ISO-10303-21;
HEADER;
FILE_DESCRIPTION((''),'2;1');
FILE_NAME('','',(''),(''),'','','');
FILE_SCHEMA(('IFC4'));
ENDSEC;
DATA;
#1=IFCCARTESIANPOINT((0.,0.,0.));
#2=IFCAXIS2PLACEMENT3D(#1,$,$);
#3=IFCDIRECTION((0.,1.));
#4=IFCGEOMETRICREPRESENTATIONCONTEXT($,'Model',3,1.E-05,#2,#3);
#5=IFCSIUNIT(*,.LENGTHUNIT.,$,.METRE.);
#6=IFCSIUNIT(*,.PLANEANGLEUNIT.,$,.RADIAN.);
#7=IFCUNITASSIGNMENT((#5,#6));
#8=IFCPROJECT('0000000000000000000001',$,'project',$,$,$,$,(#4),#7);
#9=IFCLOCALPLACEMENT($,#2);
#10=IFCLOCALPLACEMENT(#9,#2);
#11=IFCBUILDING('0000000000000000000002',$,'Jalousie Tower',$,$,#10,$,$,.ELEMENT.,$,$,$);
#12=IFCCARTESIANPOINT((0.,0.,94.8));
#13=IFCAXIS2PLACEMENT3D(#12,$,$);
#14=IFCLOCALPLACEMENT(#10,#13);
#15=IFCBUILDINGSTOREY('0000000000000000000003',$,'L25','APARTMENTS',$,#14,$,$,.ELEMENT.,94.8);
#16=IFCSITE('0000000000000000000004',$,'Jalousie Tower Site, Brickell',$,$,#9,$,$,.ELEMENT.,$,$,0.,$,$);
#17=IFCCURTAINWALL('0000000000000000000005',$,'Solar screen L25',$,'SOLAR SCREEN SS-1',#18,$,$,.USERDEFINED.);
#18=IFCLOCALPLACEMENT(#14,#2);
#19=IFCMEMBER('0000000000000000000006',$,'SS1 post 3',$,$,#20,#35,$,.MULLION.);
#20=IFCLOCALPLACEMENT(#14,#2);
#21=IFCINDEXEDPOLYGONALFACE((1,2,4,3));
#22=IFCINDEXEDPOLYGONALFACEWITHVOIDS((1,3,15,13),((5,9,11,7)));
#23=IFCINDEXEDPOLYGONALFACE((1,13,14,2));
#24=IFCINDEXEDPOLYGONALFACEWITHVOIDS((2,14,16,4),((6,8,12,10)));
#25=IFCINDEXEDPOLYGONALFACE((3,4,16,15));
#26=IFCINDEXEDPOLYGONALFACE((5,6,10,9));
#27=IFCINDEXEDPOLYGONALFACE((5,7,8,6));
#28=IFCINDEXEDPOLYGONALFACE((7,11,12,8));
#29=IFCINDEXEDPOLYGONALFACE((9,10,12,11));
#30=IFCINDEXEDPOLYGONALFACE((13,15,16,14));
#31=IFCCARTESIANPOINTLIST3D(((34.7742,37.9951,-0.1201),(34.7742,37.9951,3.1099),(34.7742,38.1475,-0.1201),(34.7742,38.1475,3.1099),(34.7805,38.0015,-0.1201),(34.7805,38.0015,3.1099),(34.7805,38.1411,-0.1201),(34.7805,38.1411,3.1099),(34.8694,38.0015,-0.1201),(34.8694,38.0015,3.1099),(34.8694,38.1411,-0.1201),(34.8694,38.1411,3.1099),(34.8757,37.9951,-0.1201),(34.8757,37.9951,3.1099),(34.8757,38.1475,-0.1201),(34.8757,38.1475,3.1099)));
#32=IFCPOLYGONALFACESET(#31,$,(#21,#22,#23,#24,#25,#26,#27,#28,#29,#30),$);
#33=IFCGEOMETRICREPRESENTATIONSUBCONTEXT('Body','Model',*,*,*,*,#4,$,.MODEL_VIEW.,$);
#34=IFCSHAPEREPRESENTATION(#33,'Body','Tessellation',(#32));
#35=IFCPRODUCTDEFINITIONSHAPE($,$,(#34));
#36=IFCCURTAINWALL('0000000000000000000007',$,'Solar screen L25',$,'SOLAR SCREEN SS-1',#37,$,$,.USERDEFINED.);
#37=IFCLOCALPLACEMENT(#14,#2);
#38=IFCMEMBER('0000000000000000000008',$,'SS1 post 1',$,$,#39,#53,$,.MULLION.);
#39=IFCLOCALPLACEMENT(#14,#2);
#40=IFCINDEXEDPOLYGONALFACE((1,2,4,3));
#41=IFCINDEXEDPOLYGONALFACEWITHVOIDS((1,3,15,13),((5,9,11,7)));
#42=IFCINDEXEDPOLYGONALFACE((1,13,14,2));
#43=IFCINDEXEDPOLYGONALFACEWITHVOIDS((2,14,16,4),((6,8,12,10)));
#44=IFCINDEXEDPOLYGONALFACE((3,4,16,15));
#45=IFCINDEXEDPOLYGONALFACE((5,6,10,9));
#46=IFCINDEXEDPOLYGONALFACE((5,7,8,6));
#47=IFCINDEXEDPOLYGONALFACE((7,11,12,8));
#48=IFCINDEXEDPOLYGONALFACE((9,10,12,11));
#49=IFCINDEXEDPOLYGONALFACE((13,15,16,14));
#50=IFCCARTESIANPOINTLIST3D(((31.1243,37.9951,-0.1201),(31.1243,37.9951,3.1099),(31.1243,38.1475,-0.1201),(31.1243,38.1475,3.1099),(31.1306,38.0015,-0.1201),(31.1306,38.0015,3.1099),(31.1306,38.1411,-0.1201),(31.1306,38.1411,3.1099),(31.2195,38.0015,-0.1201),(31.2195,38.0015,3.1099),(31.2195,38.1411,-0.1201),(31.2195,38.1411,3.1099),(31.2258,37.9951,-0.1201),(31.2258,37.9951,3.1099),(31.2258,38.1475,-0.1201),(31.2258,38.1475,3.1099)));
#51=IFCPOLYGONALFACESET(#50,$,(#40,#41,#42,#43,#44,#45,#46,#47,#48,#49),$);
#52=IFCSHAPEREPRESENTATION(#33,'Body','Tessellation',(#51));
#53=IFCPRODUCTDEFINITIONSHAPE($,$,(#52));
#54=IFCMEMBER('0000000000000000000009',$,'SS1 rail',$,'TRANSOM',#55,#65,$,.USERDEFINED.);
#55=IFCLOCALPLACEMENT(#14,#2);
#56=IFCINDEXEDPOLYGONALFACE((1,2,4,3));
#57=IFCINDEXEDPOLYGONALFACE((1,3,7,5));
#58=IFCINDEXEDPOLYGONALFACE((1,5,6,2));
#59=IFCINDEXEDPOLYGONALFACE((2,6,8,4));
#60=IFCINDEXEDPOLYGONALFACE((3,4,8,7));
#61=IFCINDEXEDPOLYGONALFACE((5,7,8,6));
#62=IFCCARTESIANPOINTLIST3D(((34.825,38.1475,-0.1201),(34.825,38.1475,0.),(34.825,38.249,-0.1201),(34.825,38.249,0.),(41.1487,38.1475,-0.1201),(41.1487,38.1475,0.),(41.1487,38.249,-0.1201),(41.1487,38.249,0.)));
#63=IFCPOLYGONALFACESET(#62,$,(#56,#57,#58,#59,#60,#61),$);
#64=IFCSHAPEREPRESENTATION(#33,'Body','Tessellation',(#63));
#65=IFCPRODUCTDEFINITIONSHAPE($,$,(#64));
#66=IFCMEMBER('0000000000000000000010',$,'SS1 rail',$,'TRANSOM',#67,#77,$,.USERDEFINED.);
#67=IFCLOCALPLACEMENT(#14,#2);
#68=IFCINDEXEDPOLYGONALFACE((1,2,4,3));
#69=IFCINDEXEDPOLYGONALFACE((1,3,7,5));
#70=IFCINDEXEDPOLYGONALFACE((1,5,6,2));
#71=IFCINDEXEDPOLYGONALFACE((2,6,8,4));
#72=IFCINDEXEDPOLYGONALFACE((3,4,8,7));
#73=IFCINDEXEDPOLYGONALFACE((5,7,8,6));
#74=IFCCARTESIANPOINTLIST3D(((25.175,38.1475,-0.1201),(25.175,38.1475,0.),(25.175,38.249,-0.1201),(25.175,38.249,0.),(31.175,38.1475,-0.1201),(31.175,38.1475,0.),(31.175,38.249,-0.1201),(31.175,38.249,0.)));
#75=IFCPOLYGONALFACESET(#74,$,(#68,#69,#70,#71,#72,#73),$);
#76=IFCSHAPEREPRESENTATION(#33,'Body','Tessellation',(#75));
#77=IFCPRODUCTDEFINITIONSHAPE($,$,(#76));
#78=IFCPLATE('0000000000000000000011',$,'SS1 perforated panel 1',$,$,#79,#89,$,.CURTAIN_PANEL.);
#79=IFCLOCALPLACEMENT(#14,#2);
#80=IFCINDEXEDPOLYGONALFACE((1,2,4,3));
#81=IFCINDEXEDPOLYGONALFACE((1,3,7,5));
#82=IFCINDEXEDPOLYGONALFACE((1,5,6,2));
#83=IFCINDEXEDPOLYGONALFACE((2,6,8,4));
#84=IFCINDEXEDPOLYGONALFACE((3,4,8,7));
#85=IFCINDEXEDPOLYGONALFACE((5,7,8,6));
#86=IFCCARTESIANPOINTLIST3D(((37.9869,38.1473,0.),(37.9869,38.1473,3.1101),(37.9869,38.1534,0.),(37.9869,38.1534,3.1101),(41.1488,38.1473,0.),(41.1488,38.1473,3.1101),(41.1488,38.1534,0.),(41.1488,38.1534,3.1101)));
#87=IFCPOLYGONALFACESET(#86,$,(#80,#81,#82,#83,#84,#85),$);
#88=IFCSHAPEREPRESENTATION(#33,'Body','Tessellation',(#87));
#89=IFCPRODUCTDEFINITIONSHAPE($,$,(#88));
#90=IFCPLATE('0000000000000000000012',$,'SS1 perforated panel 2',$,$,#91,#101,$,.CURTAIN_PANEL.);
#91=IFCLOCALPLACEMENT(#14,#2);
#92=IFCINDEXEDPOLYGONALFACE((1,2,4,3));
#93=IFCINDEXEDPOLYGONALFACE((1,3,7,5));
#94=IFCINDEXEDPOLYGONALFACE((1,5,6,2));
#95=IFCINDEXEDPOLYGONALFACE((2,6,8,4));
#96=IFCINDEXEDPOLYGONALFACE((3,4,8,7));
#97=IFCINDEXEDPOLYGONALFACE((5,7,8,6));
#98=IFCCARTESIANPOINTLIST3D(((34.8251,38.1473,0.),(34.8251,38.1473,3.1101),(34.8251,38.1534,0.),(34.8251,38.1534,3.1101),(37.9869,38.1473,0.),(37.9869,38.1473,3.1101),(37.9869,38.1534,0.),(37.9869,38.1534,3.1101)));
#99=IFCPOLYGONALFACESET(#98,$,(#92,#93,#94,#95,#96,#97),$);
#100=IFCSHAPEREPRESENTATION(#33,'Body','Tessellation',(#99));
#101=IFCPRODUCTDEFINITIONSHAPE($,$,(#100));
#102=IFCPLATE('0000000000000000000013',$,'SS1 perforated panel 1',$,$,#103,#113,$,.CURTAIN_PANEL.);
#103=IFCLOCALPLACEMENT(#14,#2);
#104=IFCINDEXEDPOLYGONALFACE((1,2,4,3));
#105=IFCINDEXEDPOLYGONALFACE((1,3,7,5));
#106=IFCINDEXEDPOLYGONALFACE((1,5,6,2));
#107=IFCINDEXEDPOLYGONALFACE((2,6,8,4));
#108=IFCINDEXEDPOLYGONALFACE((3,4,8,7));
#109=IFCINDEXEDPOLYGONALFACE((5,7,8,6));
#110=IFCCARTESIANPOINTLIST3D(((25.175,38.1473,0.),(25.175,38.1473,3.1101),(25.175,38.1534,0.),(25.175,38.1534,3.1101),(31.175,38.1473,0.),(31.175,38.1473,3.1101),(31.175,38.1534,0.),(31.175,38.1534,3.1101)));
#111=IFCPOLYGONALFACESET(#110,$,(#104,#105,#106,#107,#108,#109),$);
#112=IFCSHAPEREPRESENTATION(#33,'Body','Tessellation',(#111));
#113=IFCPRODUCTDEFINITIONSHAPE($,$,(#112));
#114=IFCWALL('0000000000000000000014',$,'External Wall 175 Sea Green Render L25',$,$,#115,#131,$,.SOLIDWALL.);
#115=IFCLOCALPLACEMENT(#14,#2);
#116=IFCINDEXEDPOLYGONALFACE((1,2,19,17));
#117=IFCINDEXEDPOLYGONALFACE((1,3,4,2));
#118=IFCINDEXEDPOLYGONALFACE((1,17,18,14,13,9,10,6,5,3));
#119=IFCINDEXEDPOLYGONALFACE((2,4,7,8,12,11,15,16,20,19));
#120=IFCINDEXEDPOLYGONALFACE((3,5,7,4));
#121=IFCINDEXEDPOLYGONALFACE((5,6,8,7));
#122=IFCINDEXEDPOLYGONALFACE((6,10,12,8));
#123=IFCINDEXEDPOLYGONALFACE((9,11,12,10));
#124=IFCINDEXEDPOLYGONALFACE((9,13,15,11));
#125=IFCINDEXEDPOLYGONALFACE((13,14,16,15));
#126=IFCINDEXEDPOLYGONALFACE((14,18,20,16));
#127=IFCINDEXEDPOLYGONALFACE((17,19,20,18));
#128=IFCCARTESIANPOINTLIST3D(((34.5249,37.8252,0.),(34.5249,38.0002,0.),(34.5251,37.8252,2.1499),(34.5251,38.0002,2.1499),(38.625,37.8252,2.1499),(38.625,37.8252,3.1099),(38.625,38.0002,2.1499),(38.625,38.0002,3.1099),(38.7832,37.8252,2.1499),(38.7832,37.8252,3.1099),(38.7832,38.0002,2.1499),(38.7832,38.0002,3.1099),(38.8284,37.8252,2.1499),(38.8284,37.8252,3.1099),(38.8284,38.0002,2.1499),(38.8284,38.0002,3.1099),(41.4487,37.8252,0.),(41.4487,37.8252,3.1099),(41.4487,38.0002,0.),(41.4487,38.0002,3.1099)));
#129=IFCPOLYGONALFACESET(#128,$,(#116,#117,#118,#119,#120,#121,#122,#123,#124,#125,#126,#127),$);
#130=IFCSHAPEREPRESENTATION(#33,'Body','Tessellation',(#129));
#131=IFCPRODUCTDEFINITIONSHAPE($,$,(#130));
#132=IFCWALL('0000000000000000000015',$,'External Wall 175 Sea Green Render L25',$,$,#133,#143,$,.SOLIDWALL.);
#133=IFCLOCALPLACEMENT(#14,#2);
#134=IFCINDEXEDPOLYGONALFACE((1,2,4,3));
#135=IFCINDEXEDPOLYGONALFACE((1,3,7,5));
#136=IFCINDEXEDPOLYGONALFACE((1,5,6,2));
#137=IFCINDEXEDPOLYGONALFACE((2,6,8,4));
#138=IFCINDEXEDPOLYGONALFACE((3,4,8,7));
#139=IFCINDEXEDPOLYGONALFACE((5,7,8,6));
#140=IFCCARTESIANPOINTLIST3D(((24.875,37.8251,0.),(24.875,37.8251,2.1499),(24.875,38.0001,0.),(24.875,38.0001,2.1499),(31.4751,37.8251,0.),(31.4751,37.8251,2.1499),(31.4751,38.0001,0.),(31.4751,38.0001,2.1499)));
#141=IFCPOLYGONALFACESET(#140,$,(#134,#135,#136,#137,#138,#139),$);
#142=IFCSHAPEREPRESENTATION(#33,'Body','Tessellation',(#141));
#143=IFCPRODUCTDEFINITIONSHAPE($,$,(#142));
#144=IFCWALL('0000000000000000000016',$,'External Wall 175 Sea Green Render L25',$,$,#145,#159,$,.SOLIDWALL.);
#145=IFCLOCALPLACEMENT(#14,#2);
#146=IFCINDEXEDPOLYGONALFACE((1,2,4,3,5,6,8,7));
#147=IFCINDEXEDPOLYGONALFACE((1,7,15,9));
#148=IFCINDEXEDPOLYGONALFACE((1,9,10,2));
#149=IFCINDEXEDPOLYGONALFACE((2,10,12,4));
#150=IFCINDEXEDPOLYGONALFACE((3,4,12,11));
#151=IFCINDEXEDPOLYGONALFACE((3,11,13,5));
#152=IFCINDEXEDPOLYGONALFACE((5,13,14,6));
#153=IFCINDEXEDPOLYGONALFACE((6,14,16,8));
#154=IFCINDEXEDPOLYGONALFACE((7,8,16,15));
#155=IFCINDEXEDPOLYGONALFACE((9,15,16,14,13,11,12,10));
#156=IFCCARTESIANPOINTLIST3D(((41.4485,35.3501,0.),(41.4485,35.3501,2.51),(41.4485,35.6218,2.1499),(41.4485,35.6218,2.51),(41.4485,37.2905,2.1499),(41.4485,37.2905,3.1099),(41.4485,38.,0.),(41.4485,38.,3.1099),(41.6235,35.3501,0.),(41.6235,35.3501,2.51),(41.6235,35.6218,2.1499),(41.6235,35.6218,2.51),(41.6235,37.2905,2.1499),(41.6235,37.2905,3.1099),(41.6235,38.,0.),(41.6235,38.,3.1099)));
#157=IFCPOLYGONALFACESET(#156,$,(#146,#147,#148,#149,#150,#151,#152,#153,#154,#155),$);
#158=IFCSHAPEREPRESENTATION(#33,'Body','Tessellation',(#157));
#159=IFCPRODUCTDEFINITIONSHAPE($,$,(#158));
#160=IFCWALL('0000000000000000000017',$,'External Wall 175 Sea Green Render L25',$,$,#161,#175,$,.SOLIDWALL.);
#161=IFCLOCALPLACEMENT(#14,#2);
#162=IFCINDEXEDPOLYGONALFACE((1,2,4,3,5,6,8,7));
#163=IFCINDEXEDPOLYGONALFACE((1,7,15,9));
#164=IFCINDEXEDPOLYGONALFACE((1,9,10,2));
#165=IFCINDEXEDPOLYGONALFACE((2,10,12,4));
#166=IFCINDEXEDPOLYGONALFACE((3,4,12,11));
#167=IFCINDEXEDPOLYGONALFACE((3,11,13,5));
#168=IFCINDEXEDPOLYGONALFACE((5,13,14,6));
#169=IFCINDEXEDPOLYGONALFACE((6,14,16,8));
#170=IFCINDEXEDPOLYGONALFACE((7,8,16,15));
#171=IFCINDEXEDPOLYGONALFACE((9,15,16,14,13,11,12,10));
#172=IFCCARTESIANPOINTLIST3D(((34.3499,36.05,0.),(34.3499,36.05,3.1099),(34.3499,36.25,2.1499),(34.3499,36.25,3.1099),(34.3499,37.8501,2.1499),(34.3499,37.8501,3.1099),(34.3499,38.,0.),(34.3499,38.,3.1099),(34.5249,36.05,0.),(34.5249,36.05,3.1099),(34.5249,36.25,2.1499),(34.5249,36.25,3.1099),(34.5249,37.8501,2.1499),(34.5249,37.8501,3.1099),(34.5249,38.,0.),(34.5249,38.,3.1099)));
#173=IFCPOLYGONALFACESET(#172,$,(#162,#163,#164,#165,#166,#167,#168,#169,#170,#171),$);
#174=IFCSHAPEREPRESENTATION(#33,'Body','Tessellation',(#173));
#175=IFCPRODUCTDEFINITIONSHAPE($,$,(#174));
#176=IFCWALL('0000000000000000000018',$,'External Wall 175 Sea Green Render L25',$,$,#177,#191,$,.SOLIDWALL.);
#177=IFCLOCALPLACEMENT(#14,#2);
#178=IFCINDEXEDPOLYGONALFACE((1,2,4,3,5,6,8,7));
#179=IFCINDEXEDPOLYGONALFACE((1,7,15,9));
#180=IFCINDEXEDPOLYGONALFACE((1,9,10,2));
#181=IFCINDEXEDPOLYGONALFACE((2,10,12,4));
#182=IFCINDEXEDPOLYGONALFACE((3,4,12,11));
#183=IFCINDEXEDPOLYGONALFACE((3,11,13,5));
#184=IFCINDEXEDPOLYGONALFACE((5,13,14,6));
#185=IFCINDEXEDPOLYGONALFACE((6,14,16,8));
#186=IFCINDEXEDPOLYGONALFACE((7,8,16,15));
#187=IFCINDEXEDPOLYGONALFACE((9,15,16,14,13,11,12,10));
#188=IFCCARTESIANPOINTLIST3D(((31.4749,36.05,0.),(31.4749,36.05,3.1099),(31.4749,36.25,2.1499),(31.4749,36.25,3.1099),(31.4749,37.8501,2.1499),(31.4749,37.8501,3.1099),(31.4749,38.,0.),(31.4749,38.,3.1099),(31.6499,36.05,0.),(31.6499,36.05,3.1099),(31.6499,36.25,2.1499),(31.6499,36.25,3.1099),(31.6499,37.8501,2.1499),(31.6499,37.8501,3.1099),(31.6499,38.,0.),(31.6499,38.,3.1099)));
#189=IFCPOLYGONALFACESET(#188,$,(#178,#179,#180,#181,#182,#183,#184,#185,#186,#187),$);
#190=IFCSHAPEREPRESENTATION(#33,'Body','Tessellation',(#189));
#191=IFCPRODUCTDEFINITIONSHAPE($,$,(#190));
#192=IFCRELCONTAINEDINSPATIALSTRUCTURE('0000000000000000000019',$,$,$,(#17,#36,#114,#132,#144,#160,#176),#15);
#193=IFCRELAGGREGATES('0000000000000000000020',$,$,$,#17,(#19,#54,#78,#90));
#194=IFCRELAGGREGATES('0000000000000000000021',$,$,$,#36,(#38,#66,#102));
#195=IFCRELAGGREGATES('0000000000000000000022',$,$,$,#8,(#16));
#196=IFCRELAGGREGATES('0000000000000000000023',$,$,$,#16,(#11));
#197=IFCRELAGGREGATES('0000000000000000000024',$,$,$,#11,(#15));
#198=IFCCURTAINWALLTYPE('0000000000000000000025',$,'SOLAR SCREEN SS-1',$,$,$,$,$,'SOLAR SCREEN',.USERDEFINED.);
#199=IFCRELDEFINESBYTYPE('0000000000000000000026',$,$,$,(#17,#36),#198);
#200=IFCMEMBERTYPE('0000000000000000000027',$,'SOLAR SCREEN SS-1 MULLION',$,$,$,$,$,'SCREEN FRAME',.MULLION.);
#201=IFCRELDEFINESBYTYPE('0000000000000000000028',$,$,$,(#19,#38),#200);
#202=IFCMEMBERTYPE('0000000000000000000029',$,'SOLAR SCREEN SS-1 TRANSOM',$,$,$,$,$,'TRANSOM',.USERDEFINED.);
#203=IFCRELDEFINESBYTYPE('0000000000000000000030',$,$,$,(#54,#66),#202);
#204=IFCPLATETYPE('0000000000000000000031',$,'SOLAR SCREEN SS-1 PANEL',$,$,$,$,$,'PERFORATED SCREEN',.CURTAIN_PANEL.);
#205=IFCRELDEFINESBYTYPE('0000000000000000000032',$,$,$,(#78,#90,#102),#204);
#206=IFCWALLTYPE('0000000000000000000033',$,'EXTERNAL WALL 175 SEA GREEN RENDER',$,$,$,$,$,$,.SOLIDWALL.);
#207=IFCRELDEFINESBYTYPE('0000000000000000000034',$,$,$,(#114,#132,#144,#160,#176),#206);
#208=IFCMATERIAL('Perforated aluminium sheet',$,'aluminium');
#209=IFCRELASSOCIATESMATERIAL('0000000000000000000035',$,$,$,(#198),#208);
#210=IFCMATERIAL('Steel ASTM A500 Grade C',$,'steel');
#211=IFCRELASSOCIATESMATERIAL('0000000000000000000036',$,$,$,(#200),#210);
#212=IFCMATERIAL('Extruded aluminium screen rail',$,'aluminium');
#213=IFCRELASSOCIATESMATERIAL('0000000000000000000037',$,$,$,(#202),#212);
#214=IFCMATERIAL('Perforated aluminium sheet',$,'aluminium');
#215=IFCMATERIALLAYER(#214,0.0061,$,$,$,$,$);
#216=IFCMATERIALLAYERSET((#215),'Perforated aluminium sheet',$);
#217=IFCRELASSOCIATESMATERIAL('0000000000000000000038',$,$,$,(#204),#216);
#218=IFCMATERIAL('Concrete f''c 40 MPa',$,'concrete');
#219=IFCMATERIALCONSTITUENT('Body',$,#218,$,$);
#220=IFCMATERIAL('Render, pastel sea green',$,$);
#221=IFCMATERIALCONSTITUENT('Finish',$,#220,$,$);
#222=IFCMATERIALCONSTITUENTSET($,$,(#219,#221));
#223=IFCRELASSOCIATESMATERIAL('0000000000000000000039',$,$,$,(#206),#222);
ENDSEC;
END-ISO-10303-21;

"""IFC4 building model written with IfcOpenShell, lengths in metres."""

from ifc_helpers import new_model, si_unit, direction, frame, frame_2d, origin, origin_2d, place, context, subcontext, project, spatial, polyline, rectangle, hollow_rectangle, outline, extrude, material, layer, layer_set, constituent, constituent_set, material_profile, profile_set, type_object, element, aggregate, save


model = new_model("IFC4")

# Units and contexts
model_context = context("Model", 3, precision=1e-05, world=origin(), true_north=direction((0.0, 1.0)))
body_context = subcontext(model_context, "Body", "Model", "MODEL_VIEW")
ifc_project = project(units=[si_unit("LENGTHUNIT", "METRE"), si_unit("PLANEANGLEUNIT", "RADIAN")], contexts=[model_context])

# Site, building, storey
site_placement = place(None, origin())
site = spatial("IfcSite", under=ifc_project, at=site_placement, Name="Jalousie Tower Site, Brickell", CompositionType="ELEMENT", RefElevation=0.0)
building_placement = place(site_placement, origin())
building = spatial("IfcBuilding", under=site, at=building_placement, Name="Jalousie Tower", CompositionType="ELEMENT")
storey_placement = place(building_placement, frame((0.0, 0.0, 94.8)))
storey = spatial("IfcBuildingStorey", under=building, at=storey_placement, Name="L25", Description="APARTMENTS", CompositionType="ELEMENT", Elevation=94.8)

# Curtain wall, member
ifc_material_1 = material(Name="Perforated aluminium sheet", Category="aluminium")
curtain_wall_type = type_object("IfcCurtainWallType", Name="SOLAR SCREEN SS-1", ElementType="SOLAR SCREEN", PredefinedType="USERDEFINED", material=ifc_material_1)
curtain_wall_1_placement = place(storey_placement, origin())
curtain_wall_1 = element("IfcCurtainWall", 1, at=curtain_wall_1_placement, inside=storey, type_object=curtain_wall_type, Name="Solar screen L25", ObjectType="SOLAR SCREEN SS-1", PredefinedType="USERDEFINED")
ifc_material_2 = material(Name="Steel ASTM A500 Grade C", Category="steel")
ifc_material_profile_1 = material_profile(ifc_material_2, hollow_rectangle(XDim=0.1016, YDim=0.1523, WallThickness=0.0063, at=origin_2d()), Name="HSS6X4X1/4")
ifc_profile_set_1 = profile_set([ifc_material_profile_1], Name="Steel ASTM A500 Grade C")
member_type_1 = type_object("IfcMemberType", Name="SOLAR SCREEN SS-1 MULLION", ElementType="SCREEN FRAME", PredefinedType="MULLION", material=ifc_profile_set_1)
member_1_placement = place(storey_placement, frame((34.825, 38.0713, -0.1201), z_axis=(0.0, 0.0, 1.0), x_axis=(-1.0, 0.0, 0.0)))
member_1 = element("IfcMember", 2, at=member_1_placement, type_object=member_type_1, Name="SS1 post 3", PredefinedType="MULLION", context=body_context, shape_type="SweptSolid", body=[
    extrude(hollow_rectangle(XDim=0.1016, YDim=0.1523, WallThickness=0.0063, at=origin_2d()), origin(), (0.0, 0.0, 1.0), 3.23),
])

# Curtain wall, member
curtain_wall_2_placement = place(storey_placement, origin())
curtain_wall_2 = element("IfcCurtainWall", 3, at=curtain_wall_2_placement, inside=storey, type_object=curtain_wall_type, Name="Solar screen L25", ObjectType="SOLAR SCREEN SS-1", PredefinedType="USERDEFINED")
member_2_placement = place(storey_placement, frame((31.175, 38.0713, -0.1201), z_axis=(0.0, 0.0, 1.0), x_axis=(-1.0, 0.0, 0.0)))
member_2 = element("IfcMember", 4, at=member_2_placement, type_object=member_type_1, Name="SS1 post 1", PredefinedType="MULLION", context=body_context, shape_type="SweptSolid", body=[
    extrude(hollow_rectangle(XDim=0.1016, YDim=0.1523, WallThickness=0.0063, at=origin_2d()), origin(), (0.0, 0.0, 1.0), 3.23),
])

# Members
ifc_material_3 = material(Name="Extruded aluminium screen rail", Category="aluminium")
ifc_material_profile_2 = material_profile(ifc_material_3, rectangle(XDim=0.1016, YDim=0.1201, at=origin_2d()), Name="RAIL 102x120")
ifc_profile_set_2 = profile_set([ifc_material_profile_2], Name="Extruded aluminium screen rail")
member_type_2 = type_object("IfcMemberType", Name="SOLAR SCREEN SS-1 TRANSOM", ElementType="TRANSOM", PredefinedType="USERDEFINED", material=ifc_profile_set_2)
member_3_placement = place(storey_placement, frame((41.1487, 38.1982, -0.0601), z_axis=(-1.0, 0.0, 0.0), x_axis=(0.0, -1.0, 0.0)))
member_3 = element("IfcMember", 5, at=member_3_placement, type_object=member_type_2, Name="SS1 rail", ObjectType="TRANSOM", PredefinedType="USERDEFINED", context=body_context, shape_type="SweptSolid", body=[
    extrude(rectangle(XDim=0.1016, YDim=0.1201, at=origin_2d()), origin(), (0.0, 0.0, 1.0), 6.3237),
])
member_4_placement = place(storey_placement, frame((31.175, 38.1982, -0.0601), z_axis=(-1.0, 0.0, 0.0), x_axis=(0.0, -1.0, 0.0)))
member_4 = element("IfcMember", 6, at=member_4_placement, type_object=member_type_2, Name="SS1 rail", ObjectType="TRANSOM", PredefinedType="USERDEFINED", context=body_context, shape_type="SweptSolid", body=[
    extrude(rectangle(XDim=0.1016, YDim=0.1201, at=origin_2d()), origin(), (0.0, 0.0, 1.0), 6.0),
])

# Plates
ifc_material_4 = material(Name="Perforated aluminium sheet", Category="aluminium")
ifc_layer_1 = layer(ifc_material_4, 0.0061)
ifc_layer_set_1 = layer_set([ifc_layer_1], Name="Perforated aluminium sheet")
plate_type = type_object("IfcPlateType", Name="SOLAR SCREEN SS-1 PANEL", ElementType="PERFORATED SCREEN", PredefinedType="CURTAIN_PANEL", material=ifc_layer_set_1)
plate_1_placement = place(storey_placement, frame((39.5679, 38.1504, 0.0), z_axis=(0.0, 0.0, 1.0), x_axis=(-1.0, 0.0, 0.0)))
plate_1 = element("IfcPlate", 7, at=plate_1_placement, type_object=plate_type, Name="SS1 perforated panel 1", PredefinedType="CURTAIN_PANEL", context=body_context, shape_type="SweptSolid", body=[
    extrude(rectangle(XDim=3.1619, YDim=0.0061, at=origin_2d()), origin(), (0.0, 0.0, 1.0), 3.1101),
])
plate_2_placement = place(storey_placement, frame((36.406, 38.1504, 0.0), z_axis=(0.0, 0.0, 1.0), x_axis=(-1.0, 0.0, 0.0)))
plate_2 = element("IfcPlate", 8, at=plate_2_placement, type_object=plate_type, Name="SS1 perforated panel 2", PredefinedType="CURTAIN_PANEL", context=body_context, shape_type="SweptSolid", body=[
    extrude(rectangle(XDim=3.1619, YDim=0.0061, at=origin_2d()), origin(), (0.0, 0.0, 1.0), 3.1101),
])
aggregate(curtain_wall_1, [member_1, member_3, plate_1, plate_2])
plate_3_placement = place(storey_placement, frame((28.175, 38.1504, 0.0), z_axis=(0.0, 0.0, 1.0), x_axis=(-1.0, 0.0, 0.0)))
plate_3 = element("IfcPlate", 9, at=plate_3_placement, type_object=plate_type, Name="SS1 perforated panel 1", PredefinedType="CURTAIN_PANEL", context=body_context, shape_type="SweptSolid", body=[
    extrude(rectangle(XDim=6.0, YDim=0.0061, at=origin_2d()), origin(), (0.0, 0.0, 1.0), 3.1101),
])
aggregate(curtain_wall_2, [member_2, member_4, plate_3])

# Walls
ifc_material_5 = material(Name="Concrete f'c 40 MPa", Category="concrete")
ifc_constituent_1 = constituent(ifc_material_5, Name="Body")
ifc_material_6 = material(Name="Render, pastel sea green")
ifc_constituent_2 = constituent(ifc_material_6, Name="Finish")
ifc_constituent_set_1 = constituent_set(constituents=[ifc_constituent_1, ifc_constituent_2])
wall_type_1 = type_object("IfcWallType", Name="EXTERNAL WALL 175 SEA GREEN RENDER", PredefinedType="SOLIDWALL", material=ifc_constituent_set_1)
wall_1_placement = place(storey_placement, frame((41.4487, 37.9126, 0.0), z_axis=(0.0, 0.0, 1.0), x_axis=(-1.0, 0.0, 0.0)))
element("IfcWall", 10, at=wall_1_placement, inside=storey, type_object=wall_type_1, Name="External Wall 175 Sea Green Render L25", PredefinedType="SOLIDWALL", context=body_context, shape_type="SweptSolid", body=[
    extrude(outline(polyline([(0.0, 0.0), (6.9238, 0.0), (6.9236, 2.1499), (2.8237, 2.1499), (2.8237, 3.1099), (2.6655, 3.1099), (2.6655, 2.1499), (2.6204, 2.1499), (2.6204, 3.1099), (0.0, 3.1099), (0.0, 0.0)])), frame((0.0, 0.0874, 0.0), z_axis=(0.0, -1.0, 0.0), x_axis=(1.0, 0.0, 0.0)), (0.0, 0.0, 1.0), 0.175),
])
wall_2_placement = place(storey_placement, frame((31.4751, 37.9126, 0.0), z_axis=(0.0, 0.0, 1.0), x_axis=(-1.0, 0.0, 0.0)))
element("IfcWall", 11, at=wall_2_placement, inside=storey, type_object=wall_type_1, Name="External Wall 175 Sea Green Render L25", PredefinedType="SOLIDWALL", context=body_context, shape_type="SweptSolid", body=[
    extrude(rectangle(XDim=6.6001, YDim=0.175, at=frame_2d((3.3, 0.0))), origin(), (0.0, 0.0, 1.0), 2.1499),
])
wall_3_placement = place(storey_placement, frame((41.5361, 38.0, 0.0), z_axis=(0.0, 0.0, 1.0), x_axis=(0.0, -1.0, 0.0)))
element("IfcWall", 12, at=wall_3_placement, inside=storey, type_object=wall_type_1, Name="External Wall 175 Sea Green Render L25", PredefinedType="SOLIDWALL", context=body_context, shape_type="SweptSolid", body=[
    extrude(outline(polyline([(0.0, 0.0), (2.6499, 0.0), (2.6499, 2.51), (2.3782, 2.51), (2.3782, 2.1499), (0.7095, 2.1499), (0.7095, 3.1099), (0.0, 3.1099), (0.0, 0.0)])), frame((0.0, 0.0874, 0.0), z_axis=(0.0, -1.0, 0.0), x_axis=(1.0, 0.0, 0.0)), (0.0, 0.0, 1.0), 0.175),
])
for number, where, z_axis, x_axis, name in (
    (13, (34.4375, 38.0, 0.0), (0.0, 0.0, 1.0), (0.0, -1.0, 0.0), "External Wall 175 Sea Green Render L25"),
    (14, (31.5625, 38.0, 0.0), (0.0, 0.0, 1.0), (0.0, -1.0, 0.0), "External Wall 175 Sea Green Render L25"),
):
    element("IfcWall", number, at=place(storey_placement, frame(where, z_axis=z_axis, x_axis=x_axis)), inside=storey, type_object=wall_type_1, Name=name, PredefinedType="SOLIDWALL", context=body_context, shape_type="SweptSolid", body=[
        extrude(outline(polyline([(0.0, 0.0), (1.95, 0.0), (1.95, 3.1099), (1.75, 3.1099), (1.75, 2.1499), (0.1499, 2.1499), (0.1499, 3.1099), (0.0, 3.1099), (0.0, 0.0)])), frame((0.0, 0.0874, 0.0), z_axis=(0.0, -1.0, 0.0), x_axis=(1.0, 0.0, 0.0)), (0.0, 0.0, 1.0), 0.175),
    ])

save(model, "model.ifc")
